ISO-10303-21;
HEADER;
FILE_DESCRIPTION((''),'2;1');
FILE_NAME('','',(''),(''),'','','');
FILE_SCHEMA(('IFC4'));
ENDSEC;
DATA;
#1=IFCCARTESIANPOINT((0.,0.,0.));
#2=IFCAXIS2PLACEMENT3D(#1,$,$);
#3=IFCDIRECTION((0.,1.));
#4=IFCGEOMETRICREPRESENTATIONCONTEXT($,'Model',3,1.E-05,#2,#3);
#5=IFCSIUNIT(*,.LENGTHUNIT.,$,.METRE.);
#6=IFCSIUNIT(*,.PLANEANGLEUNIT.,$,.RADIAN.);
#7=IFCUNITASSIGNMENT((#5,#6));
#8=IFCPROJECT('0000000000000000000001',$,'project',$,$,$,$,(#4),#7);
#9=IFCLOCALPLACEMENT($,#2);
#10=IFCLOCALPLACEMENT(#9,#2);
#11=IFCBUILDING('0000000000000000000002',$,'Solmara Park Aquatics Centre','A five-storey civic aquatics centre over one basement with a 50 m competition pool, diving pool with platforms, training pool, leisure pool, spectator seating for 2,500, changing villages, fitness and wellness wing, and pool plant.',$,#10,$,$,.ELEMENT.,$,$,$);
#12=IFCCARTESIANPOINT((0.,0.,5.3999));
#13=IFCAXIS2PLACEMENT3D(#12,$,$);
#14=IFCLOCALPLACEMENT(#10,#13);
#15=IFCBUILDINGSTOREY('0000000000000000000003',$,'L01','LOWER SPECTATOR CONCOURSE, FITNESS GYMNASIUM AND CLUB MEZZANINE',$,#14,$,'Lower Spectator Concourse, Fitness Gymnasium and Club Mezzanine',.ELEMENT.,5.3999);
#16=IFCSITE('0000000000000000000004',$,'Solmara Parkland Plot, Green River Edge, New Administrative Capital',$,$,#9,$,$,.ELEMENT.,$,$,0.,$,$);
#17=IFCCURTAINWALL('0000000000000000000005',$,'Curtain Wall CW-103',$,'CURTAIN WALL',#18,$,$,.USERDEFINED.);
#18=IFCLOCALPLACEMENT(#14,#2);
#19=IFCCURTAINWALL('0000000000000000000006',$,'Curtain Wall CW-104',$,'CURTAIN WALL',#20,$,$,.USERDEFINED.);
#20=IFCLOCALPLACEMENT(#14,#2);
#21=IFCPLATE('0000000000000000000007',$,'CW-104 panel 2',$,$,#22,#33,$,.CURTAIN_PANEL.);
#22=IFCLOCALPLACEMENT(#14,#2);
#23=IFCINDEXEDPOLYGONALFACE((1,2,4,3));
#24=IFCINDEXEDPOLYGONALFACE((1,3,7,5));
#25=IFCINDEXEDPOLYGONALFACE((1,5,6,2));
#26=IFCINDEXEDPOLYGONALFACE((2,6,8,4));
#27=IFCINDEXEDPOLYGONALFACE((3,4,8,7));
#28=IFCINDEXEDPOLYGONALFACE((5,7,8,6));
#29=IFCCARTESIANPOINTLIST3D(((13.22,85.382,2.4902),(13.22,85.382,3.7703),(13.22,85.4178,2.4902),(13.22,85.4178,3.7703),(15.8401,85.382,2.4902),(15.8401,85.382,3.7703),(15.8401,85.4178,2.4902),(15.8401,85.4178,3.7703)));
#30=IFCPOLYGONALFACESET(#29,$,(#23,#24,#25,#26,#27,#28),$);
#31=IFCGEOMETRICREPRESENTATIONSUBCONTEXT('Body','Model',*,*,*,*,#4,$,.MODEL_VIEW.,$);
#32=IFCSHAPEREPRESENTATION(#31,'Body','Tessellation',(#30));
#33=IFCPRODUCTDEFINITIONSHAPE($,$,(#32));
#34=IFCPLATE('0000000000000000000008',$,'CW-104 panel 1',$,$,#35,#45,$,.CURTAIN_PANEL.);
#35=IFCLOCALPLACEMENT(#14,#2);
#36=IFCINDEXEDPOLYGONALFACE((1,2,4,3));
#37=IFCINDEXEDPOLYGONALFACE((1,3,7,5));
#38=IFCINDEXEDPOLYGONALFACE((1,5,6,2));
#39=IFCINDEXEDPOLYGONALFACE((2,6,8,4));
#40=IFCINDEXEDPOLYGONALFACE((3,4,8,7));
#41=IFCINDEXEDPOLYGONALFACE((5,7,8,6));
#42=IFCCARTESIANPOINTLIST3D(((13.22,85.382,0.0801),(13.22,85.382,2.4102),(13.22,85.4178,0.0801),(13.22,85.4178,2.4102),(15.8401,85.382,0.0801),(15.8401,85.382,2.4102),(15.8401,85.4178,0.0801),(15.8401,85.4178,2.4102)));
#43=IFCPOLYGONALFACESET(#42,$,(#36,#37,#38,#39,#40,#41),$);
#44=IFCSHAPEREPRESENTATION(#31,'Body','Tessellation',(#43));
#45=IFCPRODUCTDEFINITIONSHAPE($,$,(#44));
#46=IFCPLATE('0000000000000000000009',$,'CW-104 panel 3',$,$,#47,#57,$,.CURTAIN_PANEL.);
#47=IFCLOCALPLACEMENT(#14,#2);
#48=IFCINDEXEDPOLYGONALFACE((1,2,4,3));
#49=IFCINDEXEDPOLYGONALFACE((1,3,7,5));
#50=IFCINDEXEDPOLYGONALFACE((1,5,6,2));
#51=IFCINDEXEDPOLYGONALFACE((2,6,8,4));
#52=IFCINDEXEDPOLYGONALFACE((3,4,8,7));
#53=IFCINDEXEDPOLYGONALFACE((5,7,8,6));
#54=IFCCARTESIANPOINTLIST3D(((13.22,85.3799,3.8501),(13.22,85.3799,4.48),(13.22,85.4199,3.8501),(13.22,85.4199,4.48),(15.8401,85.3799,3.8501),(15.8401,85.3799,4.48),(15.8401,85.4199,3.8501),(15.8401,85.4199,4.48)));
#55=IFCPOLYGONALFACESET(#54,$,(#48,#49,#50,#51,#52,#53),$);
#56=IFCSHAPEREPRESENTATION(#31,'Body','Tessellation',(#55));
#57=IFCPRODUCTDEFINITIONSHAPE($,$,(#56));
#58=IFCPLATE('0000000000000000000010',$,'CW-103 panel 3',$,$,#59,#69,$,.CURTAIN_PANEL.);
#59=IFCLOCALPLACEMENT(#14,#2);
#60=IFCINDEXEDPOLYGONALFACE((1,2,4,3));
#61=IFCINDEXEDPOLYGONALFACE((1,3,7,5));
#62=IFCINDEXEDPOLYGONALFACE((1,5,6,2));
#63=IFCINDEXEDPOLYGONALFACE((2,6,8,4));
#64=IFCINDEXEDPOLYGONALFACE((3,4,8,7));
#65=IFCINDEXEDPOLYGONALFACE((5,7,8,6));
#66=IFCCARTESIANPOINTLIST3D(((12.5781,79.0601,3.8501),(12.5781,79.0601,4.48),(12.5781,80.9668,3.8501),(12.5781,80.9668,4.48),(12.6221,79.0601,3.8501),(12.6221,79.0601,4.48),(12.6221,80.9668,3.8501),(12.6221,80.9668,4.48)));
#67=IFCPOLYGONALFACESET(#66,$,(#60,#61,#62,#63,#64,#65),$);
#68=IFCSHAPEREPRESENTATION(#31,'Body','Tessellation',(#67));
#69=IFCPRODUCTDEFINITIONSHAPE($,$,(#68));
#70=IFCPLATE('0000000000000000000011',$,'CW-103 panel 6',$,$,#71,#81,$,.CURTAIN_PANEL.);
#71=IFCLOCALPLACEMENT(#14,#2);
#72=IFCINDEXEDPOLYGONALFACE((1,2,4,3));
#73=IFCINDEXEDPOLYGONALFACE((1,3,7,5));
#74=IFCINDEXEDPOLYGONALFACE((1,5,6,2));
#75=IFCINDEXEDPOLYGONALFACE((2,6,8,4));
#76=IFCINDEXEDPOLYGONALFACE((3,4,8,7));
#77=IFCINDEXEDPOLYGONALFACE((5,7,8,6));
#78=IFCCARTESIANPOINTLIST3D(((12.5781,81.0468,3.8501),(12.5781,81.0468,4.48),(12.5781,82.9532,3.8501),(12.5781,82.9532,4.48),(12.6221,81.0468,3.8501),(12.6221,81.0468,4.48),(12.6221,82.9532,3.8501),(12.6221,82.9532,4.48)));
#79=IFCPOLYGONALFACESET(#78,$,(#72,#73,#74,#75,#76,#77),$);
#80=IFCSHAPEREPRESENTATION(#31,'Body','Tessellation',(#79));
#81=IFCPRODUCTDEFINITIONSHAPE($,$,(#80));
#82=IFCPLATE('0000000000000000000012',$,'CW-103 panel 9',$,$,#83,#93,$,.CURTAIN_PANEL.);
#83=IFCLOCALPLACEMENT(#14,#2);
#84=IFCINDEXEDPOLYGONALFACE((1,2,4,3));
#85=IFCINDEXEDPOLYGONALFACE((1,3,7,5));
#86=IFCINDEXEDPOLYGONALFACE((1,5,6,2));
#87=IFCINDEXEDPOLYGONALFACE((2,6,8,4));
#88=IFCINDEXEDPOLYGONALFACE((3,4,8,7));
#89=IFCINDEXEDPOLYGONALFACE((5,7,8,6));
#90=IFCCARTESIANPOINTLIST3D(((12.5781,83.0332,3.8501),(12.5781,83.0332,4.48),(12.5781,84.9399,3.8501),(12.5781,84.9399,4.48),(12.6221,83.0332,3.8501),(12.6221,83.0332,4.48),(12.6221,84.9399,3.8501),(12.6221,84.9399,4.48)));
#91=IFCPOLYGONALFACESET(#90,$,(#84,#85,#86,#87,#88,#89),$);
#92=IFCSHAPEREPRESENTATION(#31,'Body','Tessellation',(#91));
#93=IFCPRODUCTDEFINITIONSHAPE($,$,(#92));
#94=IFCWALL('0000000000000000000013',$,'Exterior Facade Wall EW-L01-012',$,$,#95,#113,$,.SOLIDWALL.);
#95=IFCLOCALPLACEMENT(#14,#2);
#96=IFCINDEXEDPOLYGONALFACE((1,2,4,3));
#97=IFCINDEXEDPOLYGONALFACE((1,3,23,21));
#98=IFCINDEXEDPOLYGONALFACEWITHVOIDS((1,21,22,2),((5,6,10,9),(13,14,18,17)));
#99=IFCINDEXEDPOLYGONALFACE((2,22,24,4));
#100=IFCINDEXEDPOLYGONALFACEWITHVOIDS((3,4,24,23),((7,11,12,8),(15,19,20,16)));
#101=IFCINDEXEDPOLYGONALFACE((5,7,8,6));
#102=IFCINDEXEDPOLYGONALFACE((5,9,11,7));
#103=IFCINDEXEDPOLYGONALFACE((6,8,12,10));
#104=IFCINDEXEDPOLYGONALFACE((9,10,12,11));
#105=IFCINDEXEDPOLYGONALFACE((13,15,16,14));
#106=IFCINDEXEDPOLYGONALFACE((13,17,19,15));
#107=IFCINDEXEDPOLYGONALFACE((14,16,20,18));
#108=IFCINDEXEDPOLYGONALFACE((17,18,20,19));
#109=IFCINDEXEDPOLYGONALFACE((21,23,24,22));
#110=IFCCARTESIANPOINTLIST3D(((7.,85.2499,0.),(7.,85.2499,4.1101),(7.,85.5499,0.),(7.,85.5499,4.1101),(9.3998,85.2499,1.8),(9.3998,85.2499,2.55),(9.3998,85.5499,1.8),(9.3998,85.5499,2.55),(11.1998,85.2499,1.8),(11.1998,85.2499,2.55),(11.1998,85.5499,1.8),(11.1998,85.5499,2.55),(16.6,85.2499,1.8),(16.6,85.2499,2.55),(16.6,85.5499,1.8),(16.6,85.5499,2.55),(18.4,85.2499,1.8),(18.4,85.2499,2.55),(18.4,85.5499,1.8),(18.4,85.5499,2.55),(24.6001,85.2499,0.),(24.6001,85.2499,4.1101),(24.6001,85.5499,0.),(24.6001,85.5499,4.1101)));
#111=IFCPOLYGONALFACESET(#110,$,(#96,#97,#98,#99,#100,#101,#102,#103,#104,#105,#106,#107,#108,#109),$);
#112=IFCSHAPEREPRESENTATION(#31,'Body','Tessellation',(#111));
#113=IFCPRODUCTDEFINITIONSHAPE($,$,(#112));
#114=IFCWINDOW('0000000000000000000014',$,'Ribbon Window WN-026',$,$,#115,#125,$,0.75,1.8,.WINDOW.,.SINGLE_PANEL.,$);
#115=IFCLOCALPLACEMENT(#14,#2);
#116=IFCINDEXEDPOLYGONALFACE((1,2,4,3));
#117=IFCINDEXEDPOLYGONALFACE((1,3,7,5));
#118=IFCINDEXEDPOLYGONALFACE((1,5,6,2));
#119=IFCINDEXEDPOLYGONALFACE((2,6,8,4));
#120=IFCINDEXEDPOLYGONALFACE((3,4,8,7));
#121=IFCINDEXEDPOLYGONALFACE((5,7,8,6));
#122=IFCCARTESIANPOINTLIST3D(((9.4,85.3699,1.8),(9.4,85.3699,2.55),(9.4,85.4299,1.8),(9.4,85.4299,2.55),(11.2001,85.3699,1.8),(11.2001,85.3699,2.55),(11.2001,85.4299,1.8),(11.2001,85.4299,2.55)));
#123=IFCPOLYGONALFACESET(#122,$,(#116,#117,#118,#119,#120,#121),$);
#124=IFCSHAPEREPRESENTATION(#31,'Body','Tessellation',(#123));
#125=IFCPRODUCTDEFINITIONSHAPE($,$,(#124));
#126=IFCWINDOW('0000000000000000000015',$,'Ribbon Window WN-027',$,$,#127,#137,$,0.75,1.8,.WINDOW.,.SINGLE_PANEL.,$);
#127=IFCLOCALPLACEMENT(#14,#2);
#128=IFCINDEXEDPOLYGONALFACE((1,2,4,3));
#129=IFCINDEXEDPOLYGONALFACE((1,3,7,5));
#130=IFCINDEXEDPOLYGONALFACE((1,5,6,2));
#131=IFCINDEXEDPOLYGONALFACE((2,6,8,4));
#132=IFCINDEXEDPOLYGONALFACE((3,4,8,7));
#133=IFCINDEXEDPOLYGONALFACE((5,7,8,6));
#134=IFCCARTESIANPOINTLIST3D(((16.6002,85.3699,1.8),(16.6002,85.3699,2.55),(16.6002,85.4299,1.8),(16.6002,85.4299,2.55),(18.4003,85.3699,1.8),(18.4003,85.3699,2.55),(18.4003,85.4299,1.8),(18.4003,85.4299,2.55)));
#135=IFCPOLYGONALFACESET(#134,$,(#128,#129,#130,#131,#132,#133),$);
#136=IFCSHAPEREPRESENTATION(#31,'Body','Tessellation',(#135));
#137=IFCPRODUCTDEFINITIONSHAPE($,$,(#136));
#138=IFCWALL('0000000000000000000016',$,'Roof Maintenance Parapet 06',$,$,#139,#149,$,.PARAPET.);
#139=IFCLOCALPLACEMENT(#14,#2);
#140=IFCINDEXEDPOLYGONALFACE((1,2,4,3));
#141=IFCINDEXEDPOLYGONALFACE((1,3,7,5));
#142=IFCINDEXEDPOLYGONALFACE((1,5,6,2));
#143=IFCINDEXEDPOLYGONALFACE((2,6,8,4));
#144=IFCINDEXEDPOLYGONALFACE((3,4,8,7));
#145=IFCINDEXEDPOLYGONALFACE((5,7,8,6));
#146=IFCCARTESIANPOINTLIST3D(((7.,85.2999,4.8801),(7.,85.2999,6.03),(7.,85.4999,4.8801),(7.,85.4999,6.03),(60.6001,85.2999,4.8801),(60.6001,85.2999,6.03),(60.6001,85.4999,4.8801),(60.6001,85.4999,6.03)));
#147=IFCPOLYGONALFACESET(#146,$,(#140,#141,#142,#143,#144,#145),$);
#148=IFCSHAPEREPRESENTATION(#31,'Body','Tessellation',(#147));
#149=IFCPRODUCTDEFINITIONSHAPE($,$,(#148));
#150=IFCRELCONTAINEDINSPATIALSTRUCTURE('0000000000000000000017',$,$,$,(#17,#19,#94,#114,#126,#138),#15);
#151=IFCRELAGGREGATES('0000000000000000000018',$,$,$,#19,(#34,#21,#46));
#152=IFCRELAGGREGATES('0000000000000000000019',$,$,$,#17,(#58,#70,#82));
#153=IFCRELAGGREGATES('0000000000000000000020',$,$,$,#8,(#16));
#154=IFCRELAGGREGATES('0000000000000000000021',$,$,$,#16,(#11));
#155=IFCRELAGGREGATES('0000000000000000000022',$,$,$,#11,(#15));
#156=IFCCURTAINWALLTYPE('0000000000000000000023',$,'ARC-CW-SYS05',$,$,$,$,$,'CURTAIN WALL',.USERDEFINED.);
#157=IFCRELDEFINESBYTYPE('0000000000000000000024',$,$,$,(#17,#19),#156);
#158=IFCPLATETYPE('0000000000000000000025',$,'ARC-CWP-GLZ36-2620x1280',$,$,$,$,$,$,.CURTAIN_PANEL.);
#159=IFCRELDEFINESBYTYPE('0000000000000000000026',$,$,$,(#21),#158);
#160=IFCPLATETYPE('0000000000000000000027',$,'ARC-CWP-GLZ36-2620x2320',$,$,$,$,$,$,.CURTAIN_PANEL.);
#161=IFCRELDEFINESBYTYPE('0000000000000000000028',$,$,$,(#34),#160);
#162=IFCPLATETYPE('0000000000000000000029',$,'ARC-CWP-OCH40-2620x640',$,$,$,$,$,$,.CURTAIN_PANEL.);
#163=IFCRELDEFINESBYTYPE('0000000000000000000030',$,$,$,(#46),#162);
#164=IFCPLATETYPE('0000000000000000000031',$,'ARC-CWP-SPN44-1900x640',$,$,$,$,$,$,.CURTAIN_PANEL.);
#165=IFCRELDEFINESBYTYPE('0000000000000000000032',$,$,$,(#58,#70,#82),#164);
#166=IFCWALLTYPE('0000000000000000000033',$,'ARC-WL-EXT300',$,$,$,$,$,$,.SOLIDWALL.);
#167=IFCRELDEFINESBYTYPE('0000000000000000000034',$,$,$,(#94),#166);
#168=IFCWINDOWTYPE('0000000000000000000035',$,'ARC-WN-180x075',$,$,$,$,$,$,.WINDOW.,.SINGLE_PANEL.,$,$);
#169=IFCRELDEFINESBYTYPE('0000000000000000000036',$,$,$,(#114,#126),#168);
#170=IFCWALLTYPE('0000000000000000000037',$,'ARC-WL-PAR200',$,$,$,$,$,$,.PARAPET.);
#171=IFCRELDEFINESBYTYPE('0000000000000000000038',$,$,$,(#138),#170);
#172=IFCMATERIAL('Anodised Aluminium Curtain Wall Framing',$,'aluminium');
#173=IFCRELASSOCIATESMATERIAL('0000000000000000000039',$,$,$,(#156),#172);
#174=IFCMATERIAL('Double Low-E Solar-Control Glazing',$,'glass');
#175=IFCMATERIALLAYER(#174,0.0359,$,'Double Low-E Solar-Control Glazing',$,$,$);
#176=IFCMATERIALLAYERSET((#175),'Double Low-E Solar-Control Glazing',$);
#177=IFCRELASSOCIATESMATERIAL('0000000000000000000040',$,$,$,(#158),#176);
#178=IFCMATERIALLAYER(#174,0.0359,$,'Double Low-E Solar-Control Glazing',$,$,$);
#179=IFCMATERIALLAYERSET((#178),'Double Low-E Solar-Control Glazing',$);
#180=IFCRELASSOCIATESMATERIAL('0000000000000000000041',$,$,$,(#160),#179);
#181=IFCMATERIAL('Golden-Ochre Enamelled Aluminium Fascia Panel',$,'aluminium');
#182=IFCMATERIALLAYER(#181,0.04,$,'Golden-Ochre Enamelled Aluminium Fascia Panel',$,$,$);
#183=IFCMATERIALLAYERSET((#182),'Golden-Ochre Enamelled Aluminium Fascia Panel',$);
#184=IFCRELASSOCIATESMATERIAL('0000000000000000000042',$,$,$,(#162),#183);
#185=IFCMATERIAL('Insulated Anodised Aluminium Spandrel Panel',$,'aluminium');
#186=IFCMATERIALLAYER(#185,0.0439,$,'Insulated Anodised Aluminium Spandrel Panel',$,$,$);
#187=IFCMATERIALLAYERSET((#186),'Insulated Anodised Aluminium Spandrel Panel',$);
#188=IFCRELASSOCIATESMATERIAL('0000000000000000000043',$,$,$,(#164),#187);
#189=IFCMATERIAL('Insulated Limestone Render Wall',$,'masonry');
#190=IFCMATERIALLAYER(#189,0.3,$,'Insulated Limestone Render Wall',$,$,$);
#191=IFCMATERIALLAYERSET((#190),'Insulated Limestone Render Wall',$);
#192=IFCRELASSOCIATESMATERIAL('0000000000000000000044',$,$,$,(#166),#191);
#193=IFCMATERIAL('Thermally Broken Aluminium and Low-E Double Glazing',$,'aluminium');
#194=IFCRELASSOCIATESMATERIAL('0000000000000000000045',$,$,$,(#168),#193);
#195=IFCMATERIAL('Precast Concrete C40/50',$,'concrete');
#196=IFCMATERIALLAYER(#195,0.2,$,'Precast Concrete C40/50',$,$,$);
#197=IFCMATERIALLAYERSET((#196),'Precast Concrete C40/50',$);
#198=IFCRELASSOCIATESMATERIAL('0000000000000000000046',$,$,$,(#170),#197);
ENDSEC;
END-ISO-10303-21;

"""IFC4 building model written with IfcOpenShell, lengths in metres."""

from ifc_helpers import new_model, si_unit, direction, frame, frame_2d, origin, origin_2d, place, context, subcontext, project, spatial, rectangle, extrude, material, layer, layer_set, type_object, element, fill, aggregate, save


model = new_model("IFC4")

# Units and contexts
model_context = context("Model", 3, precision=1e-05, world=origin(), true_north=direction((0.0, 1.0)))
body_context = subcontext(model_context, "Body", "Model", "MODEL_VIEW")
ifc_project = project(units=[si_unit("LENGTHUNIT", "METRE"), si_unit("PLANEANGLEUNIT", "RADIAN")], contexts=[model_context])

# Site, building, storey
site_placement = place(None, origin())
site = spatial("IfcSite", under=ifc_project, at=site_placement, Name="Solmara Parkland Plot, Green River Edge, New Administrative Capital", CompositionType="ELEMENT", RefElevation=0.0)
building_placement = place(site_placement, origin())
building = spatial("IfcBuilding", under=site, at=building_placement, Name="Solmara Park Aquatics Centre", Description="A five-storey civic aquatics centre over one basement with a 50 m competition pool, diving pool with platforms, training pool, leisure pool, spectator seating for 2,500, changing villages, fitness and wellness wing, and pool plant.", CompositionType="ELEMENT")
storey_placement = place(building_placement, frame((0.0, 0.0, 5.3999)))
storey = spatial("IfcBuildingStorey", under=building, at=storey_placement, Name="L01", Description="LOWER SPECTATOR CONCOURSE, FITNESS GYMNASIUM AND CLUB MEZZANINE", LongName="Lower Spectator Concourse, Fitness Gymnasium and Club Mezzanine", CompositionType="ELEMENT", Elevation=5.3999)

# Curtain walls
ifc_material_1 = material(Name="Anodised Aluminium Curtain Wall Framing", Category="aluminium")
curtain_wall_type = type_object("IfcCurtainWallType", Name="ARC-CW-SYS05", ElementType="CURTAIN WALL", PredefinedType="USERDEFINED", material=ifc_material_1)
curtain_wall_1_placement = place(storey_placement, origin())
curtain_wall_1 = element("IfcCurtainWall", 1, at=curtain_wall_1_placement, inside=storey, type_object=curtain_wall_type, Name="Curtain Wall CW-103", ObjectType="CURTAIN WALL", PredefinedType="USERDEFINED")
curtain_wall_2_placement = place(storey_placement, origin())
curtain_wall_2 = element("IfcCurtainWall", 2, at=curtain_wall_2_placement, inside=storey, type_object=curtain_wall_type, Name="Curtain Wall CW-104", ObjectType="CURTAIN WALL", PredefinedType="USERDEFINED")

# Plates
ifc_material_2 = material(Name="Double Low-E Solar-Control Glazing", Category="glass")
ifc_layer_1 = layer(ifc_material_2, 0.0359, Name="Double Low-E Solar-Control Glazing")
ifc_layer_set_1 = layer_set([ifc_layer_1], Name="Double Low-E Solar-Control Glazing")
plate_type_1 = type_object("IfcPlateType", Name="ARC-CWP-GLZ36-2620x1280", PredefinedType="CURTAIN_PANEL", material=ifc_layer_set_1)
plate_1_placement = place(storey_placement, frame((14.53, 85.3999, 2.4902), z_axis=(0.0, 0.0, 1.0), x_axis=(1.0, 0.0, 0.0)))
plate_1 = element("IfcPlate", 3, at=plate_1_placement, type_object=plate_type_1, Name="CW-104 panel 2", PredefinedType="CURTAIN_PANEL", context=body_context, shape_type="SweptSolid", body=[
    extrude(rectangle(XDim=2.6201, YDim=0.0359, at=origin_2d()), origin(), (0.0, 0.0, 1.0), 1.28),
])
ifc_layer_2 = layer(ifc_material_2, 0.0359, Name="Double Low-E Solar-Control Glazing")
ifc_layer_set_2 = layer_set([ifc_layer_2], Name="Double Low-E Solar-Control Glazing")
plate_type_2 = type_object("IfcPlateType", Name="ARC-CWP-GLZ36-2620x2320", PredefinedType="CURTAIN_PANEL", material=ifc_layer_set_2)
plate_2_placement = place(storey_placement, frame((14.53, 85.3999, 0.0801), z_axis=(0.0, 0.0, 1.0), x_axis=(1.0, 0.0, 0.0)))
plate_2 = element("IfcPlate", 4, at=plate_2_placement, type_object=plate_type_2, Name="CW-104 panel 1", PredefinedType="CURTAIN_PANEL", context=body_context, shape_type="SweptSolid", body=[
    extrude(rectangle(XDim=2.6201, YDim=0.0359, at=origin_2d()), origin(), (0.0, 0.0, 1.0), 2.3301),
])
ifc_material_3 = material(Name="Golden-Ochre Enamelled Aluminium Fascia Panel", Category="aluminium")
ifc_layer_3 = layer(ifc_material_3, 0.04, Name="Golden-Ochre Enamelled Aluminium Fascia Panel")
ifc_layer_set_3 = layer_set([ifc_layer_3], Name="Golden-Ochre Enamelled Aluminium Fascia Panel")
plate_type_3 = type_object("IfcPlateType", Name="ARC-CWP-OCH40-2620x640", PredefinedType="CURTAIN_PANEL", material=ifc_layer_set_3)
plate_3_placement = place(storey_placement, frame((14.53, 85.3999, 3.8501), z_axis=(0.0, 0.0, 1.0), x_axis=(1.0, 0.0, 0.0)))
plate_3 = element("IfcPlate", 5, at=plate_3_placement, type_object=plate_type_3, Name="CW-104 panel 3", PredefinedType="CURTAIN_PANEL", context=body_context, shape_type="SweptSolid", body=[
    extrude(rectangle(XDim=2.6201, YDim=0.04, at=origin_2d()), origin(), (0.0, 0.0, 1.0), 0.6299),
])
aggregate(curtain_wall_2, [plate_2, plate_1, plate_3])
ifc_material_4 = material(Name="Insulated Anodised Aluminium Spandrel Panel", Category="aluminium")
ifc_layer_4 = layer(ifc_material_4, 0.0439, Name="Insulated Anodised Aluminium Spandrel Panel")
ifc_layer_set_4 = layer_set([ifc_layer_4], Name="Insulated Anodised Aluminium Spandrel Panel")
plate_type_4 = type_object("IfcPlateType", Name="ARC-CWP-SPN44-1900x640", PredefinedType="CURTAIN_PANEL", material=ifc_layer_set_4)
plate_4_placement = place(storey_placement, frame((12.6001, 80.0134, 3.8501), z_axis=(0.0, 0.0, 1.0), x_axis=(0.0, 1.0, 0.0)))
plate_4 = element("IfcPlate", 6, at=plate_4_placement, type_object=plate_type_4, Name="CW-103 panel 3", PredefinedType="CURTAIN_PANEL", context=body_context, shape_type="SweptSolid", body=[
    extrude(rectangle(XDim=1.9067, YDim=0.0439, at=origin_2d()), origin(), (0.0, 0.0, 1.0), 0.6299),
])
plate_5_placement = place(storey_placement, frame((12.6001, 82.0, 3.8501), z_axis=(0.0, 0.0, 1.0), x_axis=(0.0, 1.0, 0.0)))
plate_5 = element("IfcPlate", 7, at=plate_5_placement, type_object=plate_type_4, Name="CW-103 panel 6", PredefinedType="CURTAIN_PANEL", context=body_context, shape_type="SweptSolid", body=[
    extrude(rectangle(XDim=1.9065, YDim=0.0439, at=origin_2d()), origin(), (0.0, 0.0, 1.0), 0.6299),
])
plate_6_placement = place(storey_placement, frame((12.6001, 83.9866, 3.8501), z_axis=(0.0, 0.0, 1.0), x_axis=(0.0, 1.0, 0.0)))
plate_6 = element("IfcPlate", 8, at=plate_6_placement, type_object=plate_type_4, Name="CW-103 panel 9", PredefinedType="CURTAIN_PANEL", context=body_context, shape_type="SweptSolid", body=[
    extrude(rectangle(XDim=1.9067, YDim=0.0439, at=origin_2d()), origin(), (0.0, 0.0, 1.0), 0.6299),
])
aggregate(curtain_wall_1, [plate_4, plate_5, plate_6])

# Wall, openings, windows
ifc_material_5 = material(Name="Insulated Limestone Render Wall", Category="masonry")
ifc_layer_5 = layer(ifc_material_5, 0.3, Name="Insulated Limestone Render Wall")
ifc_layer_set_5 = layer_set([ifc_layer_5], Name="Insulated Limestone Render Wall")
wall_type_1 = type_object("IfcWallType", Name="ARC-WL-EXT300", PredefinedType="SOLIDWALL", material=ifc_layer_set_5)
wall_1_placement = place(storey_placement, frame((7.0, 85.3999, 0.0), z_axis=(0.0, 0.0, 1.0), x_axis=(1.0, 0.0, 0.0)))
wall_1 = element("IfcWall", 9, at=wall_1_placement, inside=storey, type_object=wall_type_1, Name="Exterior Facade Wall EW-L01-012", PredefinedType="SOLIDWALL", context=body_context, shape_type="SweptSolid", body=[
    extrude(rectangle(XDim=17.6001, YDim=0.3, at=frame_2d((8.8, 0.0))), origin(), (0.0, 0.0, 1.0), 4.1101),
])
opening_1_placement = place(wall_1_placement, frame((2.3999, 0.0, 1.8)))
opening_1 = element("IfcOpeningElement", 10, at=opening_1_placement, cuts=wall_1, PredefinedType="OPENING", context=body_context, shape_type="SweptSolid", body=[
    extrude(rectangle(XDim=1.8, YDim=0.75, at=frame_2d((0.8999, 0.375))), frame((0.0, 0.1599, 0.0), z_axis=(0.0, -1.0, 0.0), x_axis=(1.0, 0.0, 0.0)), (0.0, 0.0, 1.0), 0.3201),
])
opening_2_placement = place(wall_1_placement, frame((9.6001, 0.0, 1.8)))
opening_2 = element("IfcOpeningElement", 11, at=opening_2_placement, cuts=wall_1, PredefinedType="OPENING", context=body_context, shape_type="SweptSolid", body=[
    extrude(rectangle(XDim=1.8, YDim=0.75, at=frame_2d((0.8999, 0.375))), frame((0.0, 0.1599, 0.0), z_axis=(0.0, -1.0, 0.0), x_axis=(1.0, 0.0, 0.0)), (0.0, 0.0, 1.0), 0.3201),
])
ifc_material_6 = material(Name="Thermally Broken Aluminium and Low-E Double Glazing", Category="aluminium")
window_type = type_object("IfcWindowType", Name="ARC-WN-180x075", PartitioningType="SINGLE_PANEL", PredefinedType="WINDOW", material=ifc_material_6)
window_1_placement = place(opening_1_placement, frame((1.8, 0.0, 0.0), z_axis=(0.0, 0.0, 1.0), x_axis=(-1.0, 0.0, 0.0)))
window_1 = element("IfcWindow", 12, at=window_1_placement, inside=storey, type_object=window_type, Name="Ribbon Window WN-026", OverallHeight=0.75, OverallWidth=1.8, PartitioningType="SINGLE_PANEL", PredefinedType="WINDOW", context=body_context, shape_type="SweptSolid", body=[
    extrude(rectangle(XDim=1.8, YDim=0.75, at=frame_2d((0.8999, 0.375))), frame((0.0, 0.03, 0.0), z_axis=(0.0, -1.0, 0.0), x_axis=(1.0, 0.0, 0.0)), (0.0, 0.0, 1.0), 0.0601),
])
fill(opening_1, window_1)
window_2_placement = place(opening_2_placement, frame((1.8, 0.0, 0.0), z_axis=(0.0, 0.0, 1.0), x_axis=(-1.0, 0.0, 0.0)))
window_2 = element("IfcWindow", 13, at=window_2_placement, inside=storey, type_object=window_type, Name="Ribbon Window WN-027", OverallHeight=0.75, OverallWidth=1.8, PartitioningType="SINGLE_PANEL", PredefinedType="WINDOW", context=body_context, shape_type="SweptSolid", body=[
    extrude(rectangle(XDim=1.8, YDim=0.75, at=frame_2d((0.8999, 0.375))), frame((0.0, 0.03, 0.0), z_axis=(0.0, -1.0, 0.0), x_axis=(1.0, 0.0, 0.0)), (0.0, 0.0, 1.0), 0.0601),
])
fill(opening_2, window_2)

# Wall
ifc_material_7 = material(Name="Precast Concrete C40/50", Category="concrete")
ifc_layer_6 = layer(ifc_material_7, 0.2, Name="Precast Concrete C40/50")
ifc_layer_set_6 = layer_set([ifc_layer_6], Name="Precast Concrete C40/50")
wall_type_2 = type_object("IfcWallType", Name="ARC-WL-PAR200", PredefinedType="PARAPET", material=ifc_layer_set_6)
wall_2_placement = place(storey_placement, frame((7.0, 85.3999, 4.8801), z_axis=(0.0, 0.0, 1.0), x_axis=(1.0, 0.0, 0.0)))
element("IfcWall", 14, at=wall_2_placement, inside=storey, type_object=wall_type_2, Name="Roof Maintenance Parapet 06", PredefinedType="PARAPET", context=body_context, shape_type="SweptSolid", body=[
    extrude(rectangle(XDim=53.6001, YDim=0.2, at=frame_2d((26.8, 0.0))), origin(), (0.0, 0.0, 1.0), 1.1499),
])

save(model, "model.ifc")
